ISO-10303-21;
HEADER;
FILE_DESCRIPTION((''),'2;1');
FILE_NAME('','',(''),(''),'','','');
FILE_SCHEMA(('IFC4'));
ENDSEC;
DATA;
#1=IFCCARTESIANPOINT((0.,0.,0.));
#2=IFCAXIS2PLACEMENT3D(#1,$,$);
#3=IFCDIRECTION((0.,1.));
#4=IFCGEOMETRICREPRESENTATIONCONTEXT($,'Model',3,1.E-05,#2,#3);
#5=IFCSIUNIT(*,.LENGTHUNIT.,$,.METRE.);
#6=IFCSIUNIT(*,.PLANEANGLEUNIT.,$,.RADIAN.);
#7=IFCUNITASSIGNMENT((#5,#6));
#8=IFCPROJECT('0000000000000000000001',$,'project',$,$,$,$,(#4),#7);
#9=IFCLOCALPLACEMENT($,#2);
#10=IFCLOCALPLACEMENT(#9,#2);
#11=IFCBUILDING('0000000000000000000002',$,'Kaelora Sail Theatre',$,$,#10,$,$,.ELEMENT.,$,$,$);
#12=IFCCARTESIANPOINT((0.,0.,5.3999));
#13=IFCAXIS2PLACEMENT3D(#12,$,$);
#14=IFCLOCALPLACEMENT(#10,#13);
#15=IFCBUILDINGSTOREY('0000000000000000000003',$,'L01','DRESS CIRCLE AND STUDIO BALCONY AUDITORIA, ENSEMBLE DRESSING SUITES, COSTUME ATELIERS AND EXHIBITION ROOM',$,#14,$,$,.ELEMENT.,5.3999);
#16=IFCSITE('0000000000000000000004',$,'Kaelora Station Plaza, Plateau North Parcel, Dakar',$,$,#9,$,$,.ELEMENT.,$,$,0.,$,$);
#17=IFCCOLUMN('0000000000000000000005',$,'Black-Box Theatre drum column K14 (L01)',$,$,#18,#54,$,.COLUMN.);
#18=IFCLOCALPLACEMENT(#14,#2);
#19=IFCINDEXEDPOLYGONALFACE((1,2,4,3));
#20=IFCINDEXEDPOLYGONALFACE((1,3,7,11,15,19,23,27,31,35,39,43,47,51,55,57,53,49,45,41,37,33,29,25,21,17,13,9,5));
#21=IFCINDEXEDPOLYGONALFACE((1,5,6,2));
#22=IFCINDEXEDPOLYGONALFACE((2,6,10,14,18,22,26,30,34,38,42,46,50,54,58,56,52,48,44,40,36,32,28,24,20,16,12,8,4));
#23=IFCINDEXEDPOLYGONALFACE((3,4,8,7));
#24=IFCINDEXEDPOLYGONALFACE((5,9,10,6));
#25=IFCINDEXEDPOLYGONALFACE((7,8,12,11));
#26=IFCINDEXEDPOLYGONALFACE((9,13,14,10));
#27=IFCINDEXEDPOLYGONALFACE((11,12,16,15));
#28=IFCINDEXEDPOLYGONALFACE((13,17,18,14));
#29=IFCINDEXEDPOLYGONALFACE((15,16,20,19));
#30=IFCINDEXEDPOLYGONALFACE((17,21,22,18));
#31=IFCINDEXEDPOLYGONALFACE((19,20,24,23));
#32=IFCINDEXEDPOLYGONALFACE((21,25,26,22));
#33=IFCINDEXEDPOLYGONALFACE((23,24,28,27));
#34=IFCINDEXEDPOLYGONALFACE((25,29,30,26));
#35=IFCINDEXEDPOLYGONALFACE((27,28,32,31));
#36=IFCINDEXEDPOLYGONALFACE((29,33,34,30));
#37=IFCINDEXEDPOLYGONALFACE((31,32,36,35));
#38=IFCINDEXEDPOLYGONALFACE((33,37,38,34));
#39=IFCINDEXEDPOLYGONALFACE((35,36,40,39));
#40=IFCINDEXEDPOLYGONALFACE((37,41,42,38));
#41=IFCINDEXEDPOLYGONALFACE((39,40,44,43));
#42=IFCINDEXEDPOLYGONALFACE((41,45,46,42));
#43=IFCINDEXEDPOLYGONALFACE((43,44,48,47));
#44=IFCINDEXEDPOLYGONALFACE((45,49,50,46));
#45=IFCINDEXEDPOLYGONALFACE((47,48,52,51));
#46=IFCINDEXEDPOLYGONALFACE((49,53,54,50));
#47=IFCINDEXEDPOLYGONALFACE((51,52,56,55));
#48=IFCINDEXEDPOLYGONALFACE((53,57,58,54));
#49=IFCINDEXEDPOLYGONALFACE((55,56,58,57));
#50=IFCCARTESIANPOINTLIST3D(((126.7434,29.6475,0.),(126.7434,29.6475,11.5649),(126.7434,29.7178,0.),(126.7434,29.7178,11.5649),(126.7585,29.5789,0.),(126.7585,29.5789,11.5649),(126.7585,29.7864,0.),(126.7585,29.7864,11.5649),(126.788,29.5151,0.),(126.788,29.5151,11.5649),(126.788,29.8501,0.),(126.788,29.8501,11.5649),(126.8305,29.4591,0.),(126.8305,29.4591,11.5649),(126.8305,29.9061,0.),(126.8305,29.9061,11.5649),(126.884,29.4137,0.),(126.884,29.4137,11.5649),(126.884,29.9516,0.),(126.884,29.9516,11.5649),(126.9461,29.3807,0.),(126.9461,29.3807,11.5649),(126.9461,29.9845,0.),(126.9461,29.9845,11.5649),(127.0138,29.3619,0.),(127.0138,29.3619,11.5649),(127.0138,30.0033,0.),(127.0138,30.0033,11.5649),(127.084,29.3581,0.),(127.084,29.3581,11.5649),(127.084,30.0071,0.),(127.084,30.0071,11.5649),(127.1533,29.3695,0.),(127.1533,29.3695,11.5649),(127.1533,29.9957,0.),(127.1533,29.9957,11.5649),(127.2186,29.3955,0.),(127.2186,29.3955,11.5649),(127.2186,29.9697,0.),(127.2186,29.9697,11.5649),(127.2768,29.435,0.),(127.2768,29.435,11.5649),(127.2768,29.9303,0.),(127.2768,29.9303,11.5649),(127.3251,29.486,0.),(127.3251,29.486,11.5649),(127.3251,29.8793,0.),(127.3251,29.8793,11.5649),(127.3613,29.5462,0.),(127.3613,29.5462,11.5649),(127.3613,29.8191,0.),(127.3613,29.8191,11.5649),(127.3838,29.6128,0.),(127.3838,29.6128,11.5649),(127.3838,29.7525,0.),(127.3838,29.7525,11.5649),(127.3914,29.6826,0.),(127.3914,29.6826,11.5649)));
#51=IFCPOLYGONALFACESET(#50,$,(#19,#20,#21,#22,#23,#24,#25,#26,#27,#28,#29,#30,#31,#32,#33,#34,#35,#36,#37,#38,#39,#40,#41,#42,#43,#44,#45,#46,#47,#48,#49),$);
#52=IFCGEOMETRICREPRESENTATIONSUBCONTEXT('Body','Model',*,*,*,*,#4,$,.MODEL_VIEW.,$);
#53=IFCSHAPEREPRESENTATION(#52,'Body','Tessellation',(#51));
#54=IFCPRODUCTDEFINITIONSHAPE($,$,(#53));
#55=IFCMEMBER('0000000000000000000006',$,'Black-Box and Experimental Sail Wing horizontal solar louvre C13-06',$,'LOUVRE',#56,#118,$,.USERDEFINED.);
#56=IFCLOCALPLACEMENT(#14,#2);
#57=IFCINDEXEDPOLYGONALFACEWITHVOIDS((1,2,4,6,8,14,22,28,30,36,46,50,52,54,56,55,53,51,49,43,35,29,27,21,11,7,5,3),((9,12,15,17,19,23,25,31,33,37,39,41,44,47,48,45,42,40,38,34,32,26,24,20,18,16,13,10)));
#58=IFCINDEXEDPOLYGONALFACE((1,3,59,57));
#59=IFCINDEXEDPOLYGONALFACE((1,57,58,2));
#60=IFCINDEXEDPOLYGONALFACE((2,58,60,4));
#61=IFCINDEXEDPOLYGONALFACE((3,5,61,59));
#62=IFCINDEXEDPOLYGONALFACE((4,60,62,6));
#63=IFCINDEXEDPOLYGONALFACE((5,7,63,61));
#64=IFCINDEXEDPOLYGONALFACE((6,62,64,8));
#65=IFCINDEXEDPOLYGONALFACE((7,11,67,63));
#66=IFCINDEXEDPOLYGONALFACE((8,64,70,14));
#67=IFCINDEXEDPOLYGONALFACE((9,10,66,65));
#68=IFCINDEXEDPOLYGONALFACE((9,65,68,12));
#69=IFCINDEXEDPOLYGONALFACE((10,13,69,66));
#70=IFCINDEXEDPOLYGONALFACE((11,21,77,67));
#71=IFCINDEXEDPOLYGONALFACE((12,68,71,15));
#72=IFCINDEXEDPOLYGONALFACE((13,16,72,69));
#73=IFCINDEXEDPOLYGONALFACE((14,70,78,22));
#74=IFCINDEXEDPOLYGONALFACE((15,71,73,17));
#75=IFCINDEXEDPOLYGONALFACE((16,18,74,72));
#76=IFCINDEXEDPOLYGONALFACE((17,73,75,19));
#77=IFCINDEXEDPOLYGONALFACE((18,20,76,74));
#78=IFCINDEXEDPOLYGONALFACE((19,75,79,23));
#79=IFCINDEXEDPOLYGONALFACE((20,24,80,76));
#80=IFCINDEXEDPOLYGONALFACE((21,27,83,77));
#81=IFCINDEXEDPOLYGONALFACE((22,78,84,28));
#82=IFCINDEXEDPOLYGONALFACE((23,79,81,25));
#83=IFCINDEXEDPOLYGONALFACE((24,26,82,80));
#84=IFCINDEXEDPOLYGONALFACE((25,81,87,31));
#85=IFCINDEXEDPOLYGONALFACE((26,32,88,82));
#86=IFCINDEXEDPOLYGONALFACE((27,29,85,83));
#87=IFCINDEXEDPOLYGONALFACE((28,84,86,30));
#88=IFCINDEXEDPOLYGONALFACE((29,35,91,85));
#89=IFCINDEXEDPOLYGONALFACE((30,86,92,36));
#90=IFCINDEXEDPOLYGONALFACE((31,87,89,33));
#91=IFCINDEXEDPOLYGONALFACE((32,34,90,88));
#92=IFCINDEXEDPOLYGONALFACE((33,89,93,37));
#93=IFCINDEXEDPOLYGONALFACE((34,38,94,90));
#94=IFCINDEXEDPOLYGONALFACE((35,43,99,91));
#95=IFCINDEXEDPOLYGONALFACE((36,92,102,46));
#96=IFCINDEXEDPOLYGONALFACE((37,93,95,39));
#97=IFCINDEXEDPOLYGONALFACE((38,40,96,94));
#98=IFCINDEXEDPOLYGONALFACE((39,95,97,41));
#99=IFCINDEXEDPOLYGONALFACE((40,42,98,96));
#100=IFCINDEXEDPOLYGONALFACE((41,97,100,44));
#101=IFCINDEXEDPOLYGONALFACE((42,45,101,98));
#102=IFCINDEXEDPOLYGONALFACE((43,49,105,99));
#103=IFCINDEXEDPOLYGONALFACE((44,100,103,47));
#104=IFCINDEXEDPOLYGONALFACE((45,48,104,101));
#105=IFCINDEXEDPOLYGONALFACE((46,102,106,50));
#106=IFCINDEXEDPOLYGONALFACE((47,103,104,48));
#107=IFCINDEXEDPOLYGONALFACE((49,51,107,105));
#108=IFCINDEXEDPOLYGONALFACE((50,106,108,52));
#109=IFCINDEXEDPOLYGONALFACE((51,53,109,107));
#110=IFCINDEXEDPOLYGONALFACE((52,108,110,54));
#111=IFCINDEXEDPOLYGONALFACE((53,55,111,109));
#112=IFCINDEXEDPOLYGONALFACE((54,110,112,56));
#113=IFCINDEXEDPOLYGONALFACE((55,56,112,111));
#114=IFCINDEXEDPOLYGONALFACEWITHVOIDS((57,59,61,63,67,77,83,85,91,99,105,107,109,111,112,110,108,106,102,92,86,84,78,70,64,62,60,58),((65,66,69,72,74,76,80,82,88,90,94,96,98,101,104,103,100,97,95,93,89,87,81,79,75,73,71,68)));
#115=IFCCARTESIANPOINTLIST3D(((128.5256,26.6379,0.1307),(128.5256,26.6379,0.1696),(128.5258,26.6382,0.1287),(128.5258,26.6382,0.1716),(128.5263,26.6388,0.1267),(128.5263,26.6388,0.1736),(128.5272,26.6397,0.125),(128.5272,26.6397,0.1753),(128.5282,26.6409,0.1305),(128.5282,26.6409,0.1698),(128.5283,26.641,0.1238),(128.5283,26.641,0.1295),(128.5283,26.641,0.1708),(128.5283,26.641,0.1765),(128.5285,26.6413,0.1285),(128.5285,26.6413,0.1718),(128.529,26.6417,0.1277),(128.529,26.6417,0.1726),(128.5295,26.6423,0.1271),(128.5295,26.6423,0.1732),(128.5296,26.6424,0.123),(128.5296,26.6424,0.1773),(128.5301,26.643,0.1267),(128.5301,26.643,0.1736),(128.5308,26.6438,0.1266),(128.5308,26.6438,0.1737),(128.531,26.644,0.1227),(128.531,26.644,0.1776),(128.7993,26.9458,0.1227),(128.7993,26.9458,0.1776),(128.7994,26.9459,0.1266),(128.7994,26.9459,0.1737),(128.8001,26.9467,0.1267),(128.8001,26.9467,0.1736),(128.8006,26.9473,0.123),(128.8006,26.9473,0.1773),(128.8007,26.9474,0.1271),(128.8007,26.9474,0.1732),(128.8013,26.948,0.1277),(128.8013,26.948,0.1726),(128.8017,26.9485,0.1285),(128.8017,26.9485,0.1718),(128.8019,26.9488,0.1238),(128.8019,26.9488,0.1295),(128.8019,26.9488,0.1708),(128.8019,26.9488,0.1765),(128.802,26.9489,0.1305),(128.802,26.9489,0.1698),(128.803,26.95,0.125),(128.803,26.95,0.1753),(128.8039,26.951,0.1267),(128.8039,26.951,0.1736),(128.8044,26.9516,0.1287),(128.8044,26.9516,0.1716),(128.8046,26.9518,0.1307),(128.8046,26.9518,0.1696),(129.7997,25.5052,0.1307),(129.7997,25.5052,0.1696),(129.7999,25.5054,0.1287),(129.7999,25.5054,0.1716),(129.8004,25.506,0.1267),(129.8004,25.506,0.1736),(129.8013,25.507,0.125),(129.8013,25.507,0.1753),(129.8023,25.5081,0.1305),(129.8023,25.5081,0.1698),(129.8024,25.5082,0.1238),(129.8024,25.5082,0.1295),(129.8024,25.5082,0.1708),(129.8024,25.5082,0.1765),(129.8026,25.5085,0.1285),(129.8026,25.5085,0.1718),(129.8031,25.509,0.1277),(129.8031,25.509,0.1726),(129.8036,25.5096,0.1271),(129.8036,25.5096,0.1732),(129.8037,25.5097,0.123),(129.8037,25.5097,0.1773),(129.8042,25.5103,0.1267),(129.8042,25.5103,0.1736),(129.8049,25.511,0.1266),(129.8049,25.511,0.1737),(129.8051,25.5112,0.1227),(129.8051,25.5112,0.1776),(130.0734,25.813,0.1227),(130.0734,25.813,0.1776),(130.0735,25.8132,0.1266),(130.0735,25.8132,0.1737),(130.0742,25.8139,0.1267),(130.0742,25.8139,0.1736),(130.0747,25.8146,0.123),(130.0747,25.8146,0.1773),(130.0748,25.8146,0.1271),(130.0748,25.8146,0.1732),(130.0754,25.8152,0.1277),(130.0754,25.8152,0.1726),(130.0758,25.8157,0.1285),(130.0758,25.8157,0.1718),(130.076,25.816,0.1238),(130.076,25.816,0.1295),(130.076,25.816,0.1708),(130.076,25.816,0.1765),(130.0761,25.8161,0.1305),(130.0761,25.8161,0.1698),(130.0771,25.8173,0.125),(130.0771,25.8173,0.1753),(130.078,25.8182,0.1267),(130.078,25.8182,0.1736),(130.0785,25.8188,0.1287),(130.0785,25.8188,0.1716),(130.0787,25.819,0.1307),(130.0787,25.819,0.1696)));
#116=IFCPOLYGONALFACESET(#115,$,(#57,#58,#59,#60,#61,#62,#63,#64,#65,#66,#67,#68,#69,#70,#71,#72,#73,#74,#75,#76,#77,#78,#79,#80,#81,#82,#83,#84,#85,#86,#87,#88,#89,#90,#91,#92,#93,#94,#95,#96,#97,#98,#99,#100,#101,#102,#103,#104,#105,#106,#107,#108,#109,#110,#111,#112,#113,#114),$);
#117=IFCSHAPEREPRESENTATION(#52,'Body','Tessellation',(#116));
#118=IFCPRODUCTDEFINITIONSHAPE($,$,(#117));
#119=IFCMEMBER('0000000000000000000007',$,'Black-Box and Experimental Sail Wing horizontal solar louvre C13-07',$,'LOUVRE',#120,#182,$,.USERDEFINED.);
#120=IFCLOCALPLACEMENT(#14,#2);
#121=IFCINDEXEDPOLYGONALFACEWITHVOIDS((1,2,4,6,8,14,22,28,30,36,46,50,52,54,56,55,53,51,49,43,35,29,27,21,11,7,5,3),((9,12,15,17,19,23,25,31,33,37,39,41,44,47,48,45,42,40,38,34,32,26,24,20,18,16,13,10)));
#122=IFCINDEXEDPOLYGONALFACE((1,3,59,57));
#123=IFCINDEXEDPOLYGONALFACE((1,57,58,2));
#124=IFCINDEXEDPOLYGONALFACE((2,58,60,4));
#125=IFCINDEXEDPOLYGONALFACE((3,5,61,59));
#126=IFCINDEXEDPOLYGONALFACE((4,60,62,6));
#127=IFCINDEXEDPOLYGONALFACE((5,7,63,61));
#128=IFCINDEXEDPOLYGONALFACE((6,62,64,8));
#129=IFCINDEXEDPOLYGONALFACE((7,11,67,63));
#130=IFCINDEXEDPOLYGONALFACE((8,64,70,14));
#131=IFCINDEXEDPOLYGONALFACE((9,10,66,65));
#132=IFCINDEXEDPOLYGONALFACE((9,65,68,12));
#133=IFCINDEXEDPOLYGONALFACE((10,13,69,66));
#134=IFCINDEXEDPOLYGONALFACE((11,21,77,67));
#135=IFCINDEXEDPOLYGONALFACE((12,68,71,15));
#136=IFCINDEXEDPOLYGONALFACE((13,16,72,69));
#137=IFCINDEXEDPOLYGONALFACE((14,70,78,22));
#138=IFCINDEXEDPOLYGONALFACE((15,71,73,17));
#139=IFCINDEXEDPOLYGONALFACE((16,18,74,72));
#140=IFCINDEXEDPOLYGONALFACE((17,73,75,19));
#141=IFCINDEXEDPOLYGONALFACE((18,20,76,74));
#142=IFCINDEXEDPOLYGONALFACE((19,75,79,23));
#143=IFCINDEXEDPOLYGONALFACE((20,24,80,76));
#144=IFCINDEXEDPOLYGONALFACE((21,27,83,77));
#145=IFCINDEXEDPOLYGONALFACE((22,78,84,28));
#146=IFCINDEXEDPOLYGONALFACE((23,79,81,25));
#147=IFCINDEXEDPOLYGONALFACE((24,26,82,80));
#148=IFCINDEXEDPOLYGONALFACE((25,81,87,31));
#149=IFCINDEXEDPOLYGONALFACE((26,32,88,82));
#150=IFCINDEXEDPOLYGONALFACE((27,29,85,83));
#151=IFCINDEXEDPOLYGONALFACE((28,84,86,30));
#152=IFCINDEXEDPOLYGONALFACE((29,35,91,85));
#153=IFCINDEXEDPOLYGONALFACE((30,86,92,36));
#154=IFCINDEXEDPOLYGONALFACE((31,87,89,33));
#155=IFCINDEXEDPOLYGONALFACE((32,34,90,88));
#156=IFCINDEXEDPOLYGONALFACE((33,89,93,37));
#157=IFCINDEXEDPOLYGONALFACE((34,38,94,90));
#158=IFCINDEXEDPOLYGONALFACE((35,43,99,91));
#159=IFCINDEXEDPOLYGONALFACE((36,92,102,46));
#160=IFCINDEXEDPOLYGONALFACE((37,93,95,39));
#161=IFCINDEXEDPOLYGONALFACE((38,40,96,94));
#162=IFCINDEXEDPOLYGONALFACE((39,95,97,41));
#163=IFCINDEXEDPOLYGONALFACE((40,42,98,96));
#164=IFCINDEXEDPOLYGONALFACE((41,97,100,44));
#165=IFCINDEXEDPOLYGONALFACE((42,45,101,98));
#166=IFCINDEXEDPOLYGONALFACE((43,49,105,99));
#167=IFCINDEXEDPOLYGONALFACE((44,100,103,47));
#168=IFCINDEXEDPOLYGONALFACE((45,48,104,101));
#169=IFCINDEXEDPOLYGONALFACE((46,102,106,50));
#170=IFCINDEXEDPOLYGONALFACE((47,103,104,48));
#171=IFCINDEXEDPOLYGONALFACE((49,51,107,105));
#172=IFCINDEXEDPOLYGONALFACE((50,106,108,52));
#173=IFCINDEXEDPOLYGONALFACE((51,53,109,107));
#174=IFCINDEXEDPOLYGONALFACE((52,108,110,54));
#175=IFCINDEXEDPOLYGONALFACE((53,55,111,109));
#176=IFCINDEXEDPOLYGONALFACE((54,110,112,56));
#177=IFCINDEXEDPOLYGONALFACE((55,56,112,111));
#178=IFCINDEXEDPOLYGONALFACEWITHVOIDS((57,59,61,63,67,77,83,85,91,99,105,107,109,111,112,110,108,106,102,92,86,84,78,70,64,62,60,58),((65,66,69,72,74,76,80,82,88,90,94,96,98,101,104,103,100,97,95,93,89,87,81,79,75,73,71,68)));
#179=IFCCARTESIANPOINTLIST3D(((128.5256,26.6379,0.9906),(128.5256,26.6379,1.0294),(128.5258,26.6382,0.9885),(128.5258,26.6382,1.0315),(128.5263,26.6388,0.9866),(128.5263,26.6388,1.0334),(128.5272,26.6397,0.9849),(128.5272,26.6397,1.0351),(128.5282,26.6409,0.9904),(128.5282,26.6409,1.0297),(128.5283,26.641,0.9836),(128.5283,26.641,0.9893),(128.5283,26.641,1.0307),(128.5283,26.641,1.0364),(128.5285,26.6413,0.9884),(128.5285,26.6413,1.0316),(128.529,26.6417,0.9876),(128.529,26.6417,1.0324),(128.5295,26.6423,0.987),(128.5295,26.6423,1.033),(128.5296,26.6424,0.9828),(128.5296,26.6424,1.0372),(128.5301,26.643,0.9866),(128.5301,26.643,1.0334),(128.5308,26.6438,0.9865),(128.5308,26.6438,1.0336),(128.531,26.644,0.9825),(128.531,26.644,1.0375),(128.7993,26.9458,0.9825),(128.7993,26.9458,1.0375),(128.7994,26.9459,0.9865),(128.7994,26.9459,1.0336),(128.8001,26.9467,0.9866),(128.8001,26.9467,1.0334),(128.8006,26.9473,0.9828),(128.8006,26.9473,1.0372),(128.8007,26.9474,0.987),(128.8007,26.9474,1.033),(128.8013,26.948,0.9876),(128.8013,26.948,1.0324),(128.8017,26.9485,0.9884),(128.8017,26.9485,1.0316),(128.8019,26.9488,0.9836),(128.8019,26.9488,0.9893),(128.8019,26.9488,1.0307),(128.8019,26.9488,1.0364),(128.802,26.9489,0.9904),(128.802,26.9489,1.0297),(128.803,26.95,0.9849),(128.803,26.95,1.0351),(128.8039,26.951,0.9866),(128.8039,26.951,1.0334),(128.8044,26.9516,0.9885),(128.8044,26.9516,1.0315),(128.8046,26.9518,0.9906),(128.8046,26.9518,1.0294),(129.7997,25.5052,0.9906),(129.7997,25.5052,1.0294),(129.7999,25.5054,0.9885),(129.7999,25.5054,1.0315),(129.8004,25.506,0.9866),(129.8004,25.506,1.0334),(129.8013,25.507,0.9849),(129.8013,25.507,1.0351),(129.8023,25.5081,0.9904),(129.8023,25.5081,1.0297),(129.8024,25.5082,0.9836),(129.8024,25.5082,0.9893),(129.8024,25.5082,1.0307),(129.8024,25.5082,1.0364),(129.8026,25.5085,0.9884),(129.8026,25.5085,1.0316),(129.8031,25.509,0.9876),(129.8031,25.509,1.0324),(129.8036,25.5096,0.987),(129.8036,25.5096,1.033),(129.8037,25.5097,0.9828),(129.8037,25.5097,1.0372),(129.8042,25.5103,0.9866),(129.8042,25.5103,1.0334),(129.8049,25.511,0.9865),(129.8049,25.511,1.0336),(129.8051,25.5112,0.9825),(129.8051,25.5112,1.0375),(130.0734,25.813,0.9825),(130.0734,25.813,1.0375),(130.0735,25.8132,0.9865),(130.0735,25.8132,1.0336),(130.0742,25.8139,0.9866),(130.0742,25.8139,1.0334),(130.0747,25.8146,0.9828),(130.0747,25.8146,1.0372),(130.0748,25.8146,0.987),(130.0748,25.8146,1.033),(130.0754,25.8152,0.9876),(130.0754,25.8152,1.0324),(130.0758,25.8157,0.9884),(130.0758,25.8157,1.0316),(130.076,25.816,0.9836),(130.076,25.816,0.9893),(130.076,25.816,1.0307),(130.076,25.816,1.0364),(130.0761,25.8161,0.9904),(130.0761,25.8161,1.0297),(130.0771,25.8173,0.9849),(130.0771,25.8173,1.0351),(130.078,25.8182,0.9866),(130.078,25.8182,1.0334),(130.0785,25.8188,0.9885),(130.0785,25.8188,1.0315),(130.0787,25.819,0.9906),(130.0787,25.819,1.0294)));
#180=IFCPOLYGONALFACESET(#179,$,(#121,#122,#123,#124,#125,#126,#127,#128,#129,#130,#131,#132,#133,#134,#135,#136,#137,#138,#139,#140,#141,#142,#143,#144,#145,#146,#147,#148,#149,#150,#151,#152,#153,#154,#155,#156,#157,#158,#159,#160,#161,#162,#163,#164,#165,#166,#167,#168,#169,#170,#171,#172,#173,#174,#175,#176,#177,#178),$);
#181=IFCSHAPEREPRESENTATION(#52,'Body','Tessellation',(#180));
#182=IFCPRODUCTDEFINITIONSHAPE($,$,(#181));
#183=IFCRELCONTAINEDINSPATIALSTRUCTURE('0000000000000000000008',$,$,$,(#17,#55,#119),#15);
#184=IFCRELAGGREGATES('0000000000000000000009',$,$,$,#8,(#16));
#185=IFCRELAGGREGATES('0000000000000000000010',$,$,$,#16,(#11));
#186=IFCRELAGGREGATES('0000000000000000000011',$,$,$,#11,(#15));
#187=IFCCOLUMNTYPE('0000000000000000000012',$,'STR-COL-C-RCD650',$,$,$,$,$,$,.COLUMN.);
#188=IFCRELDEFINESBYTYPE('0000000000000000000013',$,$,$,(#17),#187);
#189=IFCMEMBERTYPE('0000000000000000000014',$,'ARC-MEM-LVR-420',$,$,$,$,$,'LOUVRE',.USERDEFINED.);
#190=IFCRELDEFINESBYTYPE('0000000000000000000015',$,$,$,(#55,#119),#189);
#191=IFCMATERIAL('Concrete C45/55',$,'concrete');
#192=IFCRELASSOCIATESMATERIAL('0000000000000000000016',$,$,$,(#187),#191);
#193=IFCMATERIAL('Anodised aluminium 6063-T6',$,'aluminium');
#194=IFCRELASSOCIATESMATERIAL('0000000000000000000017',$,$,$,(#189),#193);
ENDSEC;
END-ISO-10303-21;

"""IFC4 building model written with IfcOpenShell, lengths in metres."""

from ifc_helpers import new_model, si_unit, direction, frame, origin, origin_2d, place, context, subcontext, project, spatial, hollow_rectangle, circle, extrude, material, material_profile, profile_set, type_object, element, save


model = new_model("IFC4")

# Units and contexts
model_context = context("Model", 3, precision=1e-05, world=origin(), true_north=direction((0.0, 1.0)))
body_context = subcontext(model_context, "Body", "Model", "MODEL_VIEW")
ifc_project = project(units=[si_unit("LENGTHUNIT", "METRE"), si_unit("PLANEANGLEUNIT", "RADIAN")], contexts=[model_context])

# Site, building, storey
site_placement = place(None, origin())
site = spatial("IfcSite", under=ifc_project, at=site_placement, Name="Kaelora Station Plaza, Plateau North Parcel, Dakar", CompositionType="ELEMENT", RefElevation=0.0)
building_placement = place(site_placement, origin())
building = spatial("IfcBuilding", under=site, at=building_placement, Name="Kaelora Sail Theatre", CompositionType="ELEMENT")
storey_placement = place(building_placement, frame((0.0, 0.0, 5.3999)))
storey = spatial("IfcBuildingStorey", under=building, at=storey_placement, Name="L01", Description="DRESS CIRCLE AND STUDIO BALCONY AUDITORIA, ENSEMBLE DRESSING SUITES, COSTUME ATELIERS AND EXHIBITION ROOM", CompositionType="ELEMENT", Elevation=5.3999)

# Column
ifc_material_1 = material(Name="Concrete C45/55", Category="concrete")
ifc_material_profile_1 = material_profile(ifc_material_1, circle(Radius=0.325, at=origin_2d()), Name="RC-CCOL D650")
ifc_profile_set_1 = profile_set([ifc_material_profile_1], Name="Concrete C45/55")
column_type = type_object("IfcColumnType", Name="STR-COL-C-RCD650", PredefinedType="COLUMN", material=ifc_profile_set_1)
column_placement = place(storey_placement, frame((127.0664, 29.6826, 0.0), z_axis=(0.0, 0.0, 1.0), x_axis=(1.0, 0.0, 0.0)))
element("IfcColumn", 1, at=column_placement, inside=storey, type_object=column_type, Name="Black-Box Theatre drum column K14 (L01)", PredefinedType="COLUMN", context=body_context, shape_type="SweptSolid", body=[
    extrude(circle(Radius=0.325, at=origin_2d()), origin(), (0.0, 0.0, 1.0), 11.5649),
])

# Members
ifc_material_2 = material(Name="Anodised aluminium 6063-T6", Category="aluminium")
ifc_material_profile_2 = material_profile(ifc_material_2, hollow_rectangle(XDim=0.4199, YDim=0.0549, WallThickness=0.0039, InnerFilletRadius=0.0039, OuterFilletRadius=0.0081, at=origin_2d()), Name="LOUVRE 420x55x4")
ifc_profile_set_2 = profile_set([ifc_material_profile_2], Name="Anodised aluminium 6063-T6")
member_type = type_object("IfcMemberType", Name="ARC-MEM-LVR-420", ElementType="LOUVRE", PredefinedType="USERDEFINED", material=ifc_profile_set_2)
for number, where, z_axis, x_axis, name in (
    (2, (129.9392, 25.6621, 0.1501), (-0.747346, 0.664435, 0.0), (-0.664435, -0.747346, 0.0), "Black-Box and Experimental Sail Wing horizontal solar louvre C13-06"),
    (3, (129.9392, 25.6621, 1.01), (-0.747346, 0.664435, 0.0), (-0.664435, -0.747346, 0.0), "Black-Box and Experimental Sail Wing horizontal solar louvre C13-07"),
):
    element("IfcMember", number, at=place(storey_placement, frame(where, z_axis=z_axis, x_axis=x_axis)), inside=storey, type_object=member_type, Name=name, ObjectType="LOUVRE", PredefinedType="USERDEFINED", context=body_context, shape_type="SweptSolid", body=[
        extrude(hollow_rectangle(XDim=0.4199, YDim=0.0549, WallThickness=0.0039, InnerFilletRadius=0.0039, OuterFilletRadius=0.0081, at=origin_2d()), origin(), (0.0, 0.0, 1.0), 1.7048),
    ])

save(model, "model.ifc")
